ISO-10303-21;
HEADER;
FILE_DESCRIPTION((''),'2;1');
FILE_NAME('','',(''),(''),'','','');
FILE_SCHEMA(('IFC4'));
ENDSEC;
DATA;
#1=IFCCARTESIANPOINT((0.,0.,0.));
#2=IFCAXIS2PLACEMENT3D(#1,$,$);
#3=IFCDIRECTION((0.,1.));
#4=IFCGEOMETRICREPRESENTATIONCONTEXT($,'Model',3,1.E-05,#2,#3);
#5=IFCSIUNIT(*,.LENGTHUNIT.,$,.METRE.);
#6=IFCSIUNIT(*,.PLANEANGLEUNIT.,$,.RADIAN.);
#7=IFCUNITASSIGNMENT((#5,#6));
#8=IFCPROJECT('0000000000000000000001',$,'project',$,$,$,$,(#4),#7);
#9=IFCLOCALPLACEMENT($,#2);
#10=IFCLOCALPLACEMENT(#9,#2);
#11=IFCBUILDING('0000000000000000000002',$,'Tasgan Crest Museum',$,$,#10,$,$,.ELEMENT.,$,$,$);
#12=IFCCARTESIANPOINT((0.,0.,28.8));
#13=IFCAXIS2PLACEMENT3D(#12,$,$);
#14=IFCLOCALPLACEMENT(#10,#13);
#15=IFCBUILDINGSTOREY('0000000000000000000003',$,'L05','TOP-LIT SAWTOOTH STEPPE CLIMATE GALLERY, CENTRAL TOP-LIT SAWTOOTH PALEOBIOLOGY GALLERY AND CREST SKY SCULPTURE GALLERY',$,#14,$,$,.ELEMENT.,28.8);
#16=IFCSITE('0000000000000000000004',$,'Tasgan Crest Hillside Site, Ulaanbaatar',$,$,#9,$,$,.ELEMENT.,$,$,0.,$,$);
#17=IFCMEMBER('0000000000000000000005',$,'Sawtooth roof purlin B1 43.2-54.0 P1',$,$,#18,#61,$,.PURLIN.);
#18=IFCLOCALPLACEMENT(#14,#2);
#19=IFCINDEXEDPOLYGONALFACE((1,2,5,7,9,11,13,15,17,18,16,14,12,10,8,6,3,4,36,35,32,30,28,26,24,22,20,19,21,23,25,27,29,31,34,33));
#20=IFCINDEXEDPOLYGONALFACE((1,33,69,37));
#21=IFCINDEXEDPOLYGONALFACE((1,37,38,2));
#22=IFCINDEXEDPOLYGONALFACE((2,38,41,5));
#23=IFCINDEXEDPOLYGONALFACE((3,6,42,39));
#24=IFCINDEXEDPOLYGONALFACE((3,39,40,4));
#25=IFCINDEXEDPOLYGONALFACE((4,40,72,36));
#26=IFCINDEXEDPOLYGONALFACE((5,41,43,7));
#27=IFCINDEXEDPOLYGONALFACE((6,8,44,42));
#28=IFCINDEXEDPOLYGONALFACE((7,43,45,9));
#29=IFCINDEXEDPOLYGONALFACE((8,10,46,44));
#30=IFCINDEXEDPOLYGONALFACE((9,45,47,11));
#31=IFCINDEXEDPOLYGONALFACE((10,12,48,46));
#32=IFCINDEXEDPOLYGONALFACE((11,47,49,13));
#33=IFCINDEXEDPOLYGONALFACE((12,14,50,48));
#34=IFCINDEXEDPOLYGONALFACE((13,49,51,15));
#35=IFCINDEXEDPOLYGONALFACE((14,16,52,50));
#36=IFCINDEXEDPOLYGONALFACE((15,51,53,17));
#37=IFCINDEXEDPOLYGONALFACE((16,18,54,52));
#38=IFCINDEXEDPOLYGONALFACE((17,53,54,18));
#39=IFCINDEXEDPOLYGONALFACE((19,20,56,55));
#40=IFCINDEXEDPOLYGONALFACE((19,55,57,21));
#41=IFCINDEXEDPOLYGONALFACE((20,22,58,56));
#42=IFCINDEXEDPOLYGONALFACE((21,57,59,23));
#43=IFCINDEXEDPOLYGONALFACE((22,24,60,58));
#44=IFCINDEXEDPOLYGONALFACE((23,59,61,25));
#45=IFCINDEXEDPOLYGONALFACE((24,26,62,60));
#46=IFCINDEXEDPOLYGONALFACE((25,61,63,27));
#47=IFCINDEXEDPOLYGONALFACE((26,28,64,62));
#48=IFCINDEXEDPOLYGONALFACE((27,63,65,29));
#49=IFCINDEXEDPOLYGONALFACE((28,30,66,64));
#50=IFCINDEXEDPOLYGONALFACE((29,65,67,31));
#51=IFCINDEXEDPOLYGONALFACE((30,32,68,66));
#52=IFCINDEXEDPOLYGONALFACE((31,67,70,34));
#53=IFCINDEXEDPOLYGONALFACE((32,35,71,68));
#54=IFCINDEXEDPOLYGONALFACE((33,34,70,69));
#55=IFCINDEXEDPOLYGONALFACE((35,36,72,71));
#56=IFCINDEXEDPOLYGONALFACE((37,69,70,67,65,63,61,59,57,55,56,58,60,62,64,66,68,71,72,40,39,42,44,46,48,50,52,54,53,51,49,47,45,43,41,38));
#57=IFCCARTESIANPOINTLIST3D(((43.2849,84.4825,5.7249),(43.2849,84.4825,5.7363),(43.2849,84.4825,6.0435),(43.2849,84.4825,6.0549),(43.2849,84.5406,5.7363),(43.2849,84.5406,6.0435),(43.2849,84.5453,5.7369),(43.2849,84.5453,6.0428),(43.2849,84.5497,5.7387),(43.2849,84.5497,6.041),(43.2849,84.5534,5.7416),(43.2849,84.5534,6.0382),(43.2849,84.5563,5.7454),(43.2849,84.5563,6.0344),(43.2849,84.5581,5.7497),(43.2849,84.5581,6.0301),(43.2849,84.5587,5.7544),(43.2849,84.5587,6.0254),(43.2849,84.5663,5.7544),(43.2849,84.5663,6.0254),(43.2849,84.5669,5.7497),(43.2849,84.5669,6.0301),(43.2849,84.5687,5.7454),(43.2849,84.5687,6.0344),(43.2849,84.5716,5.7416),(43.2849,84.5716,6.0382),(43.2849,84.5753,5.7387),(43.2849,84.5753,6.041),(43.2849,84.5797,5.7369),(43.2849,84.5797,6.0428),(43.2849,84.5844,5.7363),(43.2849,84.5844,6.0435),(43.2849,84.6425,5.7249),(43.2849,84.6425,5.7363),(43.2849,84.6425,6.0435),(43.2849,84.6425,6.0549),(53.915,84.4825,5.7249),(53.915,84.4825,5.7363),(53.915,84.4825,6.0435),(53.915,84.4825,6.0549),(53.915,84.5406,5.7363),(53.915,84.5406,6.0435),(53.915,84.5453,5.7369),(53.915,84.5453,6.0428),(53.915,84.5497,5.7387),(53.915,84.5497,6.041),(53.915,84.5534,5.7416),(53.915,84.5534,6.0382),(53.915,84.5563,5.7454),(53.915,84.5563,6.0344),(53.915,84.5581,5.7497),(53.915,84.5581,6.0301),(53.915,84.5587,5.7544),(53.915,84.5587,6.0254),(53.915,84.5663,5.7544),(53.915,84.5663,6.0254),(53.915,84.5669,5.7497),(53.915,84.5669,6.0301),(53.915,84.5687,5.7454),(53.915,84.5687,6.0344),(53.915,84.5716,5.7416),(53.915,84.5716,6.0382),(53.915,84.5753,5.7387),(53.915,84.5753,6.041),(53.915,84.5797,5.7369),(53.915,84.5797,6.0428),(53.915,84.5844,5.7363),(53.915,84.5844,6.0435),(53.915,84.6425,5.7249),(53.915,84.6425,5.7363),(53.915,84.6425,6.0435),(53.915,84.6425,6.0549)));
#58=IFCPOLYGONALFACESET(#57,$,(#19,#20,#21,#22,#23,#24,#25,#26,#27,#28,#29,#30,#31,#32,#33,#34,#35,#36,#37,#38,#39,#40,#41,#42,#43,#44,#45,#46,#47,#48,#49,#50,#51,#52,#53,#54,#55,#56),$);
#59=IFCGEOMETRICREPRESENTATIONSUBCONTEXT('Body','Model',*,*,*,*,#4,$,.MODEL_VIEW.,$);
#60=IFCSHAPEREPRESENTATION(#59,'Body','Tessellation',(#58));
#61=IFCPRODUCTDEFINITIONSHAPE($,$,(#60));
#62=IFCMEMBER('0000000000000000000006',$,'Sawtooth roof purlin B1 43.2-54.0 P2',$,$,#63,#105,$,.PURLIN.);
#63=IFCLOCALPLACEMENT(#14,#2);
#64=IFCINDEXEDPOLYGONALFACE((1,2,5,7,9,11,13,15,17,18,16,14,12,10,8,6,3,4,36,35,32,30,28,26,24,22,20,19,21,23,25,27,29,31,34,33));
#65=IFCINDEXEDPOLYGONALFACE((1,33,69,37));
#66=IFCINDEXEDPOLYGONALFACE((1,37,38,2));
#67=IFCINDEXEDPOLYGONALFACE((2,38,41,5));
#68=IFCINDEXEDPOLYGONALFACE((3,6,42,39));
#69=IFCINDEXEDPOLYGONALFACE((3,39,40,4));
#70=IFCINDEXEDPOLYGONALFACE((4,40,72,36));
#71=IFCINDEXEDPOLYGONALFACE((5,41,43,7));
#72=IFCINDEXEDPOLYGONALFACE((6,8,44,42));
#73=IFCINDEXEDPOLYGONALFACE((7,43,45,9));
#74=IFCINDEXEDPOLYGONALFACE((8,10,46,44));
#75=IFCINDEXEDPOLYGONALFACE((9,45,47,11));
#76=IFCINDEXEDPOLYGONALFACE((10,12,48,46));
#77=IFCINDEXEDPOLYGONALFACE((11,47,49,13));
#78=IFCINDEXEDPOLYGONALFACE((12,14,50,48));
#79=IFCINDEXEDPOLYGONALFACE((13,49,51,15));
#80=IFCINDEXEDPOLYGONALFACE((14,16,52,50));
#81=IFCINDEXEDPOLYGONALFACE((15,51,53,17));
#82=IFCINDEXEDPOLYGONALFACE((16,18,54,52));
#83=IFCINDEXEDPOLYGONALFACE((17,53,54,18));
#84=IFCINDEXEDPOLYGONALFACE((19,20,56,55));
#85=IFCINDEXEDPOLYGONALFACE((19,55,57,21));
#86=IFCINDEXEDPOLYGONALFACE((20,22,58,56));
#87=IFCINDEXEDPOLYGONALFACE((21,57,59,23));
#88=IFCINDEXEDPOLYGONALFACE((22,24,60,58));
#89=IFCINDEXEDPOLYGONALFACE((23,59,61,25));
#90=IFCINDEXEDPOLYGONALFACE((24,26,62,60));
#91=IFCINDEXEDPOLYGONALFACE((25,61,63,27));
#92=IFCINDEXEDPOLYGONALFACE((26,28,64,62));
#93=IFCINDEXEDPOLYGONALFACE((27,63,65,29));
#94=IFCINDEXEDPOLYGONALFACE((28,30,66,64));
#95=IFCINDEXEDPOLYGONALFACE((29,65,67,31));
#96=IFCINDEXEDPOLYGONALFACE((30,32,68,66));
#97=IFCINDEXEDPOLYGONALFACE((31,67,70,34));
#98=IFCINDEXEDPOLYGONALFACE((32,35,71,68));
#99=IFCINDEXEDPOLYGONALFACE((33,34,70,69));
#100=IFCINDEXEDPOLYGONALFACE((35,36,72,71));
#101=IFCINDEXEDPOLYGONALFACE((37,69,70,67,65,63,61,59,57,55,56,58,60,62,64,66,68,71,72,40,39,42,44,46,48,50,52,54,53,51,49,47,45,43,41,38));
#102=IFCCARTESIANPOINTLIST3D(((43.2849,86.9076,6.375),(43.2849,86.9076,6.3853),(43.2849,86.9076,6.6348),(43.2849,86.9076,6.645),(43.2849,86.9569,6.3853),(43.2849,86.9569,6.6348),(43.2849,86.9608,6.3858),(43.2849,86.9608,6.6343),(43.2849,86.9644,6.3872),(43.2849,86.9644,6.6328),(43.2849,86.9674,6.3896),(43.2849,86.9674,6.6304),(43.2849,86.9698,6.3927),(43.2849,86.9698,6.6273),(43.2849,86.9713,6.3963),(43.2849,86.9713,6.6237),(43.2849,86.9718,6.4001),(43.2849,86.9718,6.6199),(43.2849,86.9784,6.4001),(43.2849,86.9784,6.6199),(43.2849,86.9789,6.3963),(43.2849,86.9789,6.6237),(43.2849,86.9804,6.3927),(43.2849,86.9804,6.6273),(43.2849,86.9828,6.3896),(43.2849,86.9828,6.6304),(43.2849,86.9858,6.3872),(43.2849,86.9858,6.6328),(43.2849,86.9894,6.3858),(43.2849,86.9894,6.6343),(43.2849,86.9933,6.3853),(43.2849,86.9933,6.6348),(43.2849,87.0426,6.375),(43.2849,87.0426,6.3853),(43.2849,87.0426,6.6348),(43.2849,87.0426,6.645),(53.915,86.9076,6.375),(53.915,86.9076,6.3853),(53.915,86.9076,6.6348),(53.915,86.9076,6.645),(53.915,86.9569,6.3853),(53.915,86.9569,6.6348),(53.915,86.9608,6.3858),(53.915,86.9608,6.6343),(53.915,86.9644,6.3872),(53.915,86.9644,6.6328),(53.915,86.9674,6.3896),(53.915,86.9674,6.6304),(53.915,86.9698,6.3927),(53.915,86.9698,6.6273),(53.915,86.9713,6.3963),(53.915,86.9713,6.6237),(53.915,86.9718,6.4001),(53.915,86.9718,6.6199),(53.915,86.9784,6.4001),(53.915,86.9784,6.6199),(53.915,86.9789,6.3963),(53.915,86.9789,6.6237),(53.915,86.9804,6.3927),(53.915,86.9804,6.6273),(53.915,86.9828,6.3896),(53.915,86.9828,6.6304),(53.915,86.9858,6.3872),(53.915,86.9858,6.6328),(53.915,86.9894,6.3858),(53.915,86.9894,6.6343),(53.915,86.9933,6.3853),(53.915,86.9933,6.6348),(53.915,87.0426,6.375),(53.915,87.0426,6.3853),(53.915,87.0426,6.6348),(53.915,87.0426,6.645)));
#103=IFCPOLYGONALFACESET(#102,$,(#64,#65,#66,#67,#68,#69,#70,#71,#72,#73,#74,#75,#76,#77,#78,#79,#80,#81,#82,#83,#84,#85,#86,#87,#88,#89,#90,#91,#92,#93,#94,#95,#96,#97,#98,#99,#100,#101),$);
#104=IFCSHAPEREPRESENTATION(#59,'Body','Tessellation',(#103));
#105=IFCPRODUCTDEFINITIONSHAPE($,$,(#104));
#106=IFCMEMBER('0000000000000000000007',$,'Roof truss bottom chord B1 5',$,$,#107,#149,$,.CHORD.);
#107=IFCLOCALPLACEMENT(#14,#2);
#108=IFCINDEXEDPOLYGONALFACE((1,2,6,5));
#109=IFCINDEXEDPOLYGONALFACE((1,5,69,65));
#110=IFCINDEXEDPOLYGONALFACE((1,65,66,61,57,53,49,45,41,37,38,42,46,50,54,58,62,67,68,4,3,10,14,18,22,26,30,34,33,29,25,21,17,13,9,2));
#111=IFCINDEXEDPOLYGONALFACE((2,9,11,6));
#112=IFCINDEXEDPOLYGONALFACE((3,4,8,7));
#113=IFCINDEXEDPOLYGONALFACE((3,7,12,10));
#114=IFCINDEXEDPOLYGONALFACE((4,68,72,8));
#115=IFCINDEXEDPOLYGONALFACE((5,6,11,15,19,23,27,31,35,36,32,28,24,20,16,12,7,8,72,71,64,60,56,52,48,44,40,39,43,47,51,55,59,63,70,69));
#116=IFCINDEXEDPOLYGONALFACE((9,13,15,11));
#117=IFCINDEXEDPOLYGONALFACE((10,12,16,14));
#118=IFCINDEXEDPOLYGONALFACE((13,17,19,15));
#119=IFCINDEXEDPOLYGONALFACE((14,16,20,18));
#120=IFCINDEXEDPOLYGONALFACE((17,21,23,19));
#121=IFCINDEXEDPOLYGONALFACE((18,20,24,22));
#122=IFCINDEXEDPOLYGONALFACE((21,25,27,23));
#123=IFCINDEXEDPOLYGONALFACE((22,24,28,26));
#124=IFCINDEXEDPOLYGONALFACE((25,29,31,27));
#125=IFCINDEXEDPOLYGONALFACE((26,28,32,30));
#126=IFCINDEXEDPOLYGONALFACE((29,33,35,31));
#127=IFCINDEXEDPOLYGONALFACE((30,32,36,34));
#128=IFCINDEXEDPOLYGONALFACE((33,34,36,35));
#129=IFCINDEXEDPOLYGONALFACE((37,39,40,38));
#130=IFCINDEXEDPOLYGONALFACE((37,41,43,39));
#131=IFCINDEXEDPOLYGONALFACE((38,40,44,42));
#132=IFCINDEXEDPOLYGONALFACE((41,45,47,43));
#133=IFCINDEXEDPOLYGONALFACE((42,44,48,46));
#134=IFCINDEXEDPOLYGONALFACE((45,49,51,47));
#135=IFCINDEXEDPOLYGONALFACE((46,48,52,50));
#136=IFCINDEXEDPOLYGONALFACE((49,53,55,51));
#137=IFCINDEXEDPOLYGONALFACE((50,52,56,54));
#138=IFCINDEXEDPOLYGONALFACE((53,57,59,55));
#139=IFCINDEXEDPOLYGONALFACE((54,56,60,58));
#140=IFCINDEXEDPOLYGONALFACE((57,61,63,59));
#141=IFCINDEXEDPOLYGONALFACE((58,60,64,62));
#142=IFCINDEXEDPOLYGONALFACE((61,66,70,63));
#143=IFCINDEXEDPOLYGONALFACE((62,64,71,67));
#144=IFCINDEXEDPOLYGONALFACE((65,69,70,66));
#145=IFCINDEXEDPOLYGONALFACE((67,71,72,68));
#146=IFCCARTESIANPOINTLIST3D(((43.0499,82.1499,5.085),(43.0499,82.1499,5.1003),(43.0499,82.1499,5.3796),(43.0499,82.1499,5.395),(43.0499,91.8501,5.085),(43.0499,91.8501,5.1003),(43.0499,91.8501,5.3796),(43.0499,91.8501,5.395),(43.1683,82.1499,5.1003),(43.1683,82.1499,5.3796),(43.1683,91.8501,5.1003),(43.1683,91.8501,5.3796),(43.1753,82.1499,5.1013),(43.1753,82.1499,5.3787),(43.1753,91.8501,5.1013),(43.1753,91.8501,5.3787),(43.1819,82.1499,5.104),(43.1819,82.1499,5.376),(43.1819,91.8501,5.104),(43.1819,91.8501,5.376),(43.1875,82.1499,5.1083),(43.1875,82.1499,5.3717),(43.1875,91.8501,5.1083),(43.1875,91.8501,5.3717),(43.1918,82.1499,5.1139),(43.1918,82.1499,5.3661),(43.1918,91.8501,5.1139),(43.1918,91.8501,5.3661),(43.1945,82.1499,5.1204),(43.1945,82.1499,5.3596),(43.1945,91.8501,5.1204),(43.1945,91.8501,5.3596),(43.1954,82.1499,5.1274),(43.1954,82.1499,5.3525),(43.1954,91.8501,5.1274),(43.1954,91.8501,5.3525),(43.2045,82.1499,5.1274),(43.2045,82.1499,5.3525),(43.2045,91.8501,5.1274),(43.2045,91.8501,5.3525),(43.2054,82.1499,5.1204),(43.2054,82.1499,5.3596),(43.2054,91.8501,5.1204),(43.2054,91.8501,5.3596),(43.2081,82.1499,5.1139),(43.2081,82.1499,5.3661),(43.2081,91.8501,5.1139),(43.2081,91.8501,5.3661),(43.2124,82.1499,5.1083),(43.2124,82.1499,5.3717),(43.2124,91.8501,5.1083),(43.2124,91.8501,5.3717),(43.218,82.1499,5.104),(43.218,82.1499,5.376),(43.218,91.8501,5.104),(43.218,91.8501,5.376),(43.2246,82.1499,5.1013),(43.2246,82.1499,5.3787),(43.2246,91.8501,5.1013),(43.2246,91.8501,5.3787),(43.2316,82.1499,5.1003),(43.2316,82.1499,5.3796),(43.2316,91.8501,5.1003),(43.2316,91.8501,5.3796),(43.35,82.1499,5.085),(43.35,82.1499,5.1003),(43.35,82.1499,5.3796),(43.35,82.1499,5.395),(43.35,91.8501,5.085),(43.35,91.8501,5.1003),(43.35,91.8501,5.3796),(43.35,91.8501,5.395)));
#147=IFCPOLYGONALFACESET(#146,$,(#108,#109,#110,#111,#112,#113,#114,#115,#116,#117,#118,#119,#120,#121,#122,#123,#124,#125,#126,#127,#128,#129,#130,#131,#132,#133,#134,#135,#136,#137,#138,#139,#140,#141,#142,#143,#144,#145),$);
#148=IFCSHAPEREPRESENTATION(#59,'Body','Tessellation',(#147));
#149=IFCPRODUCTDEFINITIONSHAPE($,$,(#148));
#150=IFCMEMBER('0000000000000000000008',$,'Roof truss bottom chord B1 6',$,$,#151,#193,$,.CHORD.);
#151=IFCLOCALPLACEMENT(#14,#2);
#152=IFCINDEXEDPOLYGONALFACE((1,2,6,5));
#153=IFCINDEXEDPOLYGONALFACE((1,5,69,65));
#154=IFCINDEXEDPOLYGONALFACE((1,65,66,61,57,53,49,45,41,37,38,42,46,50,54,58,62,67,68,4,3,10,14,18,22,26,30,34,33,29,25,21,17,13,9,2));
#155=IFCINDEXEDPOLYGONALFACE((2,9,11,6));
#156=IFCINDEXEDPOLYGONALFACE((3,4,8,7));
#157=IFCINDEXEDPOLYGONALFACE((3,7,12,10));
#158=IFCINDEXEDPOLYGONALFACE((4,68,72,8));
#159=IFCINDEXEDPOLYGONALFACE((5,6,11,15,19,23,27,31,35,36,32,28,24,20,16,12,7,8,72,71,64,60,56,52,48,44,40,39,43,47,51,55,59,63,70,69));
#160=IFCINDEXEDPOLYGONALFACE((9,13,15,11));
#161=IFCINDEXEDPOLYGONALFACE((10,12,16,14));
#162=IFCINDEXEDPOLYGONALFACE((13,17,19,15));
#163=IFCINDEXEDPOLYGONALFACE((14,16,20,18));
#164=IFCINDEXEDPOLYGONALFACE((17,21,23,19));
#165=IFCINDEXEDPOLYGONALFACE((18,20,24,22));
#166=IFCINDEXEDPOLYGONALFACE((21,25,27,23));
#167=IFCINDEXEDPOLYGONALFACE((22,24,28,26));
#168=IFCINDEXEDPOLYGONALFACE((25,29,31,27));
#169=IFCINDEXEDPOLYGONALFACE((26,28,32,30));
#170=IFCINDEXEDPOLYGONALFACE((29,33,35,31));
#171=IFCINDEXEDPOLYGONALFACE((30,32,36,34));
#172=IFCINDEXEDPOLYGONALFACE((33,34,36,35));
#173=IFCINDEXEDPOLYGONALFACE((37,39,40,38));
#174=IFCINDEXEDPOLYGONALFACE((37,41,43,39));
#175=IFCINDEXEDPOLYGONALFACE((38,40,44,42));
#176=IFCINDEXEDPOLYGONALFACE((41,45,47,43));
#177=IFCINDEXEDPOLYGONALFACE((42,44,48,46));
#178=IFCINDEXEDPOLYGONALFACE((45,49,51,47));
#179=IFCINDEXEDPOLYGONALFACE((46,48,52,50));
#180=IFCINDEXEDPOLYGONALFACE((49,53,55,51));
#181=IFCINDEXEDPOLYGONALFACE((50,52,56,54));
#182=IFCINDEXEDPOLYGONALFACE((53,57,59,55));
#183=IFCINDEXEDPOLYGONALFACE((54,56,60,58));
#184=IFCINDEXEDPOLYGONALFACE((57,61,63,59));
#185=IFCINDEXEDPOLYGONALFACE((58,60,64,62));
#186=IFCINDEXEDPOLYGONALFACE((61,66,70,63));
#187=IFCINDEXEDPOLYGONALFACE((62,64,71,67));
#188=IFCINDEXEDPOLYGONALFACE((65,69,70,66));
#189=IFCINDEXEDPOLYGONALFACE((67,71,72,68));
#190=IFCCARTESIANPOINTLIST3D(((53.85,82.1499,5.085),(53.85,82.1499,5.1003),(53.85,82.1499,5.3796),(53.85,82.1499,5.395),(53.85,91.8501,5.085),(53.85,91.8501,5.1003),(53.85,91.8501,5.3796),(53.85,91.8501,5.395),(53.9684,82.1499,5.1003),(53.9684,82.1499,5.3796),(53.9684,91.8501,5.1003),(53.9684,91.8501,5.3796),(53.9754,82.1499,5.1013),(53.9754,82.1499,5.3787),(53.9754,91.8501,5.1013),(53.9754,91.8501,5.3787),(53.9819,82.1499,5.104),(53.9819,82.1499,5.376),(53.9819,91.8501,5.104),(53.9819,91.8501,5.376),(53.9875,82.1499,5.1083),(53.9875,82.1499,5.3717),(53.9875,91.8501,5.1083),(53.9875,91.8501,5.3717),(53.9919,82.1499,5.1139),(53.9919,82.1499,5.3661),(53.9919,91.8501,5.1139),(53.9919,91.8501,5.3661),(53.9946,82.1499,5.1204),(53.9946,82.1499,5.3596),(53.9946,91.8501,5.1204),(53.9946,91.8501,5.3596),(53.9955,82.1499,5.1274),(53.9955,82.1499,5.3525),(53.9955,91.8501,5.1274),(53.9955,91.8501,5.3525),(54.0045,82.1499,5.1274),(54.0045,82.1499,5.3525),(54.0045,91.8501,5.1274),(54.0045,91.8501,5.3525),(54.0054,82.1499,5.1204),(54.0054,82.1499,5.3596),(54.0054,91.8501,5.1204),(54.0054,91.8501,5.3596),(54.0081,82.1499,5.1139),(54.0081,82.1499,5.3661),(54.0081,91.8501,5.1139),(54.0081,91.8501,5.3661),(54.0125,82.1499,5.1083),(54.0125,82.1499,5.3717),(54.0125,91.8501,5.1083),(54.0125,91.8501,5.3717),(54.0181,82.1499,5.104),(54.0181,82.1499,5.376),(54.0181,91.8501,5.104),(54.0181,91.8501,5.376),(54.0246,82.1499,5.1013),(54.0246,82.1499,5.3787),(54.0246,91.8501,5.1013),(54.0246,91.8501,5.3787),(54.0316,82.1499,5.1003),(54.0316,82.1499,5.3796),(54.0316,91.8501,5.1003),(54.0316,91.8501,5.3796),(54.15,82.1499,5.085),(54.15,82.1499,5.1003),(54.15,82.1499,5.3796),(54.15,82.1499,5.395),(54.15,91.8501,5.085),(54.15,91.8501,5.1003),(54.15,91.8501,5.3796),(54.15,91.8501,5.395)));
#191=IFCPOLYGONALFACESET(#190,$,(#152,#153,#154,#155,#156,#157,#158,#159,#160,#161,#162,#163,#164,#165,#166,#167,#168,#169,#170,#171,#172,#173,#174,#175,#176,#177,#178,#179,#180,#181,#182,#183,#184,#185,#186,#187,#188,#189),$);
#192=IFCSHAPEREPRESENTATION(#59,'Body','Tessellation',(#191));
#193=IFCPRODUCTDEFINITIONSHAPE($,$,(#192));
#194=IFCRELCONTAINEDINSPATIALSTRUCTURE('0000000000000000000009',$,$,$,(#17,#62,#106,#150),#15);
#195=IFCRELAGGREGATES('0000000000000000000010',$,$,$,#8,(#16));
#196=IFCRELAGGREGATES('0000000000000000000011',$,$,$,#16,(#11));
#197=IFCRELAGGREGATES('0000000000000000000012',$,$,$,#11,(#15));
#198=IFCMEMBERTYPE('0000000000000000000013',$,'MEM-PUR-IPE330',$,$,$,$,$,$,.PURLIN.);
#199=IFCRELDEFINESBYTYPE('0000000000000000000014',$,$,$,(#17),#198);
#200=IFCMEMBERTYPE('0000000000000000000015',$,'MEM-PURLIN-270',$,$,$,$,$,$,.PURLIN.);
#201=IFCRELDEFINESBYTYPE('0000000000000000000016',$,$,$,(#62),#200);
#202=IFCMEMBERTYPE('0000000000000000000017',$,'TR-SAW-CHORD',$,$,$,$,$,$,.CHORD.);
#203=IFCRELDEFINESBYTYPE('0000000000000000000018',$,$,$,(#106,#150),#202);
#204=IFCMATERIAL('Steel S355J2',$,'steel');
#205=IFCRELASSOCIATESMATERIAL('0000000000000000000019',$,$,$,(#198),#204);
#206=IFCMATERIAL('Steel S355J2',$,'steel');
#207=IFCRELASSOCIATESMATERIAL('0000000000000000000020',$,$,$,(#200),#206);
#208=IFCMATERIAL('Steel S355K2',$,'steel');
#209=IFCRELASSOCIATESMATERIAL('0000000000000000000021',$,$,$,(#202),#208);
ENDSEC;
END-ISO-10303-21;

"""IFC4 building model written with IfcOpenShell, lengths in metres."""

from ifc_helpers import new_model, si_unit, direction, frame, origin, origin_2d, place, context, subcontext, project, spatial, i_section, extrude, material, material_profile, profile_set, type_object, element, save


model = new_model("IFC4")

# Units and contexts
model_context = context("Model", 3, precision=1e-05, world=origin(), true_north=direction((0.0, 1.0)))
body_context = subcontext(model_context, "Body", "Model", "MODEL_VIEW")
ifc_project = project(units=[si_unit("LENGTHUNIT", "METRE"), si_unit("PLANEANGLEUNIT", "RADIAN")], contexts=[model_context])

# Site, building, storey
site_placement = place(None, origin())
site = spatial("IfcSite", under=ifc_project, at=site_placement, Name="Tasgan Crest Hillside Site, Ulaanbaatar", CompositionType="ELEMENT", RefElevation=0.0)
building_placement = place(site_placement, origin())
building = spatial("IfcBuilding", under=site, at=building_placement, Name="Tasgan Crest Museum", CompositionType="ELEMENT")
storey_placement = place(building_placement, frame((0.0, 0.0, 28.8)))
storey = spatial("IfcBuildingStorey", under=building, at=storey_placement, Name="L05", Description="TOP-LIT SAWTOOTH STEPPE CLIMATE GALLERY, CENTRAL TOP-LIT SAWTOOTH PALEOBIOLOGY GALLERY AND CREST SKY SCULPTURE GALLERY", CompositionType="ELEMENT", Elevation=28.8)

# Members
ifc_material_1 = material(Name="Steel S355J2", Category="steel")
ifc_material_profile_1 = material_profile(ifc_material_1, i_section(OverallWidth=0.1599, OverallDepth=0.3301, WebThickness=0.0076, FlangeThickness=0.0115, FilletRadius=0.0181, at=origin_2d()), Name="IPE 330")
ifc_profile_set_1 = profile_set([ifc_material_profile_1], Name="Steel S355J2")
member_type_1 = type_object("IfcMemberType", Name="MEM-PUR-IPE330", PredefinedType="PURLIN", material=ifc_profile_set_1)
member_1_placement = place(storey_placement, frame((43.2849, 84.5625, 5.8899), z_axis=(1.0, 0.0, 0.0), x_axis=(0.0, 1.0, 0.0)))
element("IfcMember", 1, at=member_1_placement, inside=storey, type_object=member_type_1, Name="Sawtooth roof purlin B1 43.2-54.0 P1", PredefinedType="PURLIN", context=body_context, shape_type="SweptSolid", body=[
    extrude(i_section(OverallWidth=0.1599, OverallDepth=0.3301, WebThickness=0.0076, FlangeThickness=0.0115, FilletRadius=0.0181, at=origin_2d()), origin(), (0.0, 0.0, 1.0), 10.6301),
])
ifc_material_2 = material(Name="Steel S355J2", Category="steel")
ifc_material_profile_2 = material_profile(ifc_material_2, i_section(OverallWidth=0.135, OverallDepth=0.27, WebThickness=0.0066, FlangeThickness=0.0103, FilletRadius=0.0149, at=origin_2d()), Name="IPE 270")
ifc_profile_set_2 = profile_set([ifc_material_profile_2], Name="Steel S355J2")
member_type_2 = type_object("IfcMemberType", Name="MEM-PURLIN-270", PredefinedType="PURLIN", material=ifc_profile_set_2)
member_2_placement = place(storey_placement, frame((43.2849, 86.9751, 6.51), z_axis=(1.0, 0.0, 0.0), x_axis=(0.0, 1.0, 0.0)))
element("IfcMember", 2, at=member_2_placement, inside=storey, type_object=member_type_2, Name="Sawtooth roof purlin B1 43.2-54.0 P2", PredefinedType="PURLIN", context=body_context, shape_type="SweptSolid", body=[
    extrude(i_section(OverallWidth=0.135, OverallDepth=0.27, WebThickness=0.0066, FlangeThickness=0.0103, FilletRadius=0.0149, at=origin_2d()), origin(), (0.0, 0.0, 1.0), 10.6301),
])
ifc_material_3 = material(Name="Steel S355K2", Category="steel")
ifc_material_profile_3 = material_profile(ifc_material_3, i_section(OverallWidth=0.3, OverallDepth=0.3101, WebThickness=0.009, FlangeThickness=0.0154, FilletRadius=0.0271, at=origin_2d()), Name="HEA 320")
ifc_profile_set_3 = profile_set([ifc_material_profile_3], Name="Steel S355K2")
member_type_3 = type_object("IfcMemberType", Name="TR-SAW-CHORD", PredefinedType="CHORD", material=ifc_profile_set_3)
for number, where, z_axis, x_axis, name in (
    (3, (43.2, 82.1499, 5.24), (0.0, 1.0, 0.0), (-1.0, 0.0, 0.0), "Roof truss bottom chord B1 5"),
    (4, (54.0, 82.1499, 5.24), (0.0, 1.0, 0.0), (-1.0, 0.0, 0.0), "Roof truss bottom chord B1 6"),
):
    element("IfcMember", number, at=place(storey_placement, frame(where, z_axis=z_axis, x_axis=x_axis)), inside=storey, type_object=member_type_3, Name=name, PredefinedType="CHORD", context=body_context, shape_type="SweptSolid", body=[
        extrude(i_section(OverallWidth=0.3, OverallDepth=0.3101, WebThickness=0.009, FlangeThickness=0.0154, FilletRadius=0.0271, at=origin_2d()), origin(), (0.0, 0.0, 1.0), 9.7002),
    ])

save(model, "model.ifc")
